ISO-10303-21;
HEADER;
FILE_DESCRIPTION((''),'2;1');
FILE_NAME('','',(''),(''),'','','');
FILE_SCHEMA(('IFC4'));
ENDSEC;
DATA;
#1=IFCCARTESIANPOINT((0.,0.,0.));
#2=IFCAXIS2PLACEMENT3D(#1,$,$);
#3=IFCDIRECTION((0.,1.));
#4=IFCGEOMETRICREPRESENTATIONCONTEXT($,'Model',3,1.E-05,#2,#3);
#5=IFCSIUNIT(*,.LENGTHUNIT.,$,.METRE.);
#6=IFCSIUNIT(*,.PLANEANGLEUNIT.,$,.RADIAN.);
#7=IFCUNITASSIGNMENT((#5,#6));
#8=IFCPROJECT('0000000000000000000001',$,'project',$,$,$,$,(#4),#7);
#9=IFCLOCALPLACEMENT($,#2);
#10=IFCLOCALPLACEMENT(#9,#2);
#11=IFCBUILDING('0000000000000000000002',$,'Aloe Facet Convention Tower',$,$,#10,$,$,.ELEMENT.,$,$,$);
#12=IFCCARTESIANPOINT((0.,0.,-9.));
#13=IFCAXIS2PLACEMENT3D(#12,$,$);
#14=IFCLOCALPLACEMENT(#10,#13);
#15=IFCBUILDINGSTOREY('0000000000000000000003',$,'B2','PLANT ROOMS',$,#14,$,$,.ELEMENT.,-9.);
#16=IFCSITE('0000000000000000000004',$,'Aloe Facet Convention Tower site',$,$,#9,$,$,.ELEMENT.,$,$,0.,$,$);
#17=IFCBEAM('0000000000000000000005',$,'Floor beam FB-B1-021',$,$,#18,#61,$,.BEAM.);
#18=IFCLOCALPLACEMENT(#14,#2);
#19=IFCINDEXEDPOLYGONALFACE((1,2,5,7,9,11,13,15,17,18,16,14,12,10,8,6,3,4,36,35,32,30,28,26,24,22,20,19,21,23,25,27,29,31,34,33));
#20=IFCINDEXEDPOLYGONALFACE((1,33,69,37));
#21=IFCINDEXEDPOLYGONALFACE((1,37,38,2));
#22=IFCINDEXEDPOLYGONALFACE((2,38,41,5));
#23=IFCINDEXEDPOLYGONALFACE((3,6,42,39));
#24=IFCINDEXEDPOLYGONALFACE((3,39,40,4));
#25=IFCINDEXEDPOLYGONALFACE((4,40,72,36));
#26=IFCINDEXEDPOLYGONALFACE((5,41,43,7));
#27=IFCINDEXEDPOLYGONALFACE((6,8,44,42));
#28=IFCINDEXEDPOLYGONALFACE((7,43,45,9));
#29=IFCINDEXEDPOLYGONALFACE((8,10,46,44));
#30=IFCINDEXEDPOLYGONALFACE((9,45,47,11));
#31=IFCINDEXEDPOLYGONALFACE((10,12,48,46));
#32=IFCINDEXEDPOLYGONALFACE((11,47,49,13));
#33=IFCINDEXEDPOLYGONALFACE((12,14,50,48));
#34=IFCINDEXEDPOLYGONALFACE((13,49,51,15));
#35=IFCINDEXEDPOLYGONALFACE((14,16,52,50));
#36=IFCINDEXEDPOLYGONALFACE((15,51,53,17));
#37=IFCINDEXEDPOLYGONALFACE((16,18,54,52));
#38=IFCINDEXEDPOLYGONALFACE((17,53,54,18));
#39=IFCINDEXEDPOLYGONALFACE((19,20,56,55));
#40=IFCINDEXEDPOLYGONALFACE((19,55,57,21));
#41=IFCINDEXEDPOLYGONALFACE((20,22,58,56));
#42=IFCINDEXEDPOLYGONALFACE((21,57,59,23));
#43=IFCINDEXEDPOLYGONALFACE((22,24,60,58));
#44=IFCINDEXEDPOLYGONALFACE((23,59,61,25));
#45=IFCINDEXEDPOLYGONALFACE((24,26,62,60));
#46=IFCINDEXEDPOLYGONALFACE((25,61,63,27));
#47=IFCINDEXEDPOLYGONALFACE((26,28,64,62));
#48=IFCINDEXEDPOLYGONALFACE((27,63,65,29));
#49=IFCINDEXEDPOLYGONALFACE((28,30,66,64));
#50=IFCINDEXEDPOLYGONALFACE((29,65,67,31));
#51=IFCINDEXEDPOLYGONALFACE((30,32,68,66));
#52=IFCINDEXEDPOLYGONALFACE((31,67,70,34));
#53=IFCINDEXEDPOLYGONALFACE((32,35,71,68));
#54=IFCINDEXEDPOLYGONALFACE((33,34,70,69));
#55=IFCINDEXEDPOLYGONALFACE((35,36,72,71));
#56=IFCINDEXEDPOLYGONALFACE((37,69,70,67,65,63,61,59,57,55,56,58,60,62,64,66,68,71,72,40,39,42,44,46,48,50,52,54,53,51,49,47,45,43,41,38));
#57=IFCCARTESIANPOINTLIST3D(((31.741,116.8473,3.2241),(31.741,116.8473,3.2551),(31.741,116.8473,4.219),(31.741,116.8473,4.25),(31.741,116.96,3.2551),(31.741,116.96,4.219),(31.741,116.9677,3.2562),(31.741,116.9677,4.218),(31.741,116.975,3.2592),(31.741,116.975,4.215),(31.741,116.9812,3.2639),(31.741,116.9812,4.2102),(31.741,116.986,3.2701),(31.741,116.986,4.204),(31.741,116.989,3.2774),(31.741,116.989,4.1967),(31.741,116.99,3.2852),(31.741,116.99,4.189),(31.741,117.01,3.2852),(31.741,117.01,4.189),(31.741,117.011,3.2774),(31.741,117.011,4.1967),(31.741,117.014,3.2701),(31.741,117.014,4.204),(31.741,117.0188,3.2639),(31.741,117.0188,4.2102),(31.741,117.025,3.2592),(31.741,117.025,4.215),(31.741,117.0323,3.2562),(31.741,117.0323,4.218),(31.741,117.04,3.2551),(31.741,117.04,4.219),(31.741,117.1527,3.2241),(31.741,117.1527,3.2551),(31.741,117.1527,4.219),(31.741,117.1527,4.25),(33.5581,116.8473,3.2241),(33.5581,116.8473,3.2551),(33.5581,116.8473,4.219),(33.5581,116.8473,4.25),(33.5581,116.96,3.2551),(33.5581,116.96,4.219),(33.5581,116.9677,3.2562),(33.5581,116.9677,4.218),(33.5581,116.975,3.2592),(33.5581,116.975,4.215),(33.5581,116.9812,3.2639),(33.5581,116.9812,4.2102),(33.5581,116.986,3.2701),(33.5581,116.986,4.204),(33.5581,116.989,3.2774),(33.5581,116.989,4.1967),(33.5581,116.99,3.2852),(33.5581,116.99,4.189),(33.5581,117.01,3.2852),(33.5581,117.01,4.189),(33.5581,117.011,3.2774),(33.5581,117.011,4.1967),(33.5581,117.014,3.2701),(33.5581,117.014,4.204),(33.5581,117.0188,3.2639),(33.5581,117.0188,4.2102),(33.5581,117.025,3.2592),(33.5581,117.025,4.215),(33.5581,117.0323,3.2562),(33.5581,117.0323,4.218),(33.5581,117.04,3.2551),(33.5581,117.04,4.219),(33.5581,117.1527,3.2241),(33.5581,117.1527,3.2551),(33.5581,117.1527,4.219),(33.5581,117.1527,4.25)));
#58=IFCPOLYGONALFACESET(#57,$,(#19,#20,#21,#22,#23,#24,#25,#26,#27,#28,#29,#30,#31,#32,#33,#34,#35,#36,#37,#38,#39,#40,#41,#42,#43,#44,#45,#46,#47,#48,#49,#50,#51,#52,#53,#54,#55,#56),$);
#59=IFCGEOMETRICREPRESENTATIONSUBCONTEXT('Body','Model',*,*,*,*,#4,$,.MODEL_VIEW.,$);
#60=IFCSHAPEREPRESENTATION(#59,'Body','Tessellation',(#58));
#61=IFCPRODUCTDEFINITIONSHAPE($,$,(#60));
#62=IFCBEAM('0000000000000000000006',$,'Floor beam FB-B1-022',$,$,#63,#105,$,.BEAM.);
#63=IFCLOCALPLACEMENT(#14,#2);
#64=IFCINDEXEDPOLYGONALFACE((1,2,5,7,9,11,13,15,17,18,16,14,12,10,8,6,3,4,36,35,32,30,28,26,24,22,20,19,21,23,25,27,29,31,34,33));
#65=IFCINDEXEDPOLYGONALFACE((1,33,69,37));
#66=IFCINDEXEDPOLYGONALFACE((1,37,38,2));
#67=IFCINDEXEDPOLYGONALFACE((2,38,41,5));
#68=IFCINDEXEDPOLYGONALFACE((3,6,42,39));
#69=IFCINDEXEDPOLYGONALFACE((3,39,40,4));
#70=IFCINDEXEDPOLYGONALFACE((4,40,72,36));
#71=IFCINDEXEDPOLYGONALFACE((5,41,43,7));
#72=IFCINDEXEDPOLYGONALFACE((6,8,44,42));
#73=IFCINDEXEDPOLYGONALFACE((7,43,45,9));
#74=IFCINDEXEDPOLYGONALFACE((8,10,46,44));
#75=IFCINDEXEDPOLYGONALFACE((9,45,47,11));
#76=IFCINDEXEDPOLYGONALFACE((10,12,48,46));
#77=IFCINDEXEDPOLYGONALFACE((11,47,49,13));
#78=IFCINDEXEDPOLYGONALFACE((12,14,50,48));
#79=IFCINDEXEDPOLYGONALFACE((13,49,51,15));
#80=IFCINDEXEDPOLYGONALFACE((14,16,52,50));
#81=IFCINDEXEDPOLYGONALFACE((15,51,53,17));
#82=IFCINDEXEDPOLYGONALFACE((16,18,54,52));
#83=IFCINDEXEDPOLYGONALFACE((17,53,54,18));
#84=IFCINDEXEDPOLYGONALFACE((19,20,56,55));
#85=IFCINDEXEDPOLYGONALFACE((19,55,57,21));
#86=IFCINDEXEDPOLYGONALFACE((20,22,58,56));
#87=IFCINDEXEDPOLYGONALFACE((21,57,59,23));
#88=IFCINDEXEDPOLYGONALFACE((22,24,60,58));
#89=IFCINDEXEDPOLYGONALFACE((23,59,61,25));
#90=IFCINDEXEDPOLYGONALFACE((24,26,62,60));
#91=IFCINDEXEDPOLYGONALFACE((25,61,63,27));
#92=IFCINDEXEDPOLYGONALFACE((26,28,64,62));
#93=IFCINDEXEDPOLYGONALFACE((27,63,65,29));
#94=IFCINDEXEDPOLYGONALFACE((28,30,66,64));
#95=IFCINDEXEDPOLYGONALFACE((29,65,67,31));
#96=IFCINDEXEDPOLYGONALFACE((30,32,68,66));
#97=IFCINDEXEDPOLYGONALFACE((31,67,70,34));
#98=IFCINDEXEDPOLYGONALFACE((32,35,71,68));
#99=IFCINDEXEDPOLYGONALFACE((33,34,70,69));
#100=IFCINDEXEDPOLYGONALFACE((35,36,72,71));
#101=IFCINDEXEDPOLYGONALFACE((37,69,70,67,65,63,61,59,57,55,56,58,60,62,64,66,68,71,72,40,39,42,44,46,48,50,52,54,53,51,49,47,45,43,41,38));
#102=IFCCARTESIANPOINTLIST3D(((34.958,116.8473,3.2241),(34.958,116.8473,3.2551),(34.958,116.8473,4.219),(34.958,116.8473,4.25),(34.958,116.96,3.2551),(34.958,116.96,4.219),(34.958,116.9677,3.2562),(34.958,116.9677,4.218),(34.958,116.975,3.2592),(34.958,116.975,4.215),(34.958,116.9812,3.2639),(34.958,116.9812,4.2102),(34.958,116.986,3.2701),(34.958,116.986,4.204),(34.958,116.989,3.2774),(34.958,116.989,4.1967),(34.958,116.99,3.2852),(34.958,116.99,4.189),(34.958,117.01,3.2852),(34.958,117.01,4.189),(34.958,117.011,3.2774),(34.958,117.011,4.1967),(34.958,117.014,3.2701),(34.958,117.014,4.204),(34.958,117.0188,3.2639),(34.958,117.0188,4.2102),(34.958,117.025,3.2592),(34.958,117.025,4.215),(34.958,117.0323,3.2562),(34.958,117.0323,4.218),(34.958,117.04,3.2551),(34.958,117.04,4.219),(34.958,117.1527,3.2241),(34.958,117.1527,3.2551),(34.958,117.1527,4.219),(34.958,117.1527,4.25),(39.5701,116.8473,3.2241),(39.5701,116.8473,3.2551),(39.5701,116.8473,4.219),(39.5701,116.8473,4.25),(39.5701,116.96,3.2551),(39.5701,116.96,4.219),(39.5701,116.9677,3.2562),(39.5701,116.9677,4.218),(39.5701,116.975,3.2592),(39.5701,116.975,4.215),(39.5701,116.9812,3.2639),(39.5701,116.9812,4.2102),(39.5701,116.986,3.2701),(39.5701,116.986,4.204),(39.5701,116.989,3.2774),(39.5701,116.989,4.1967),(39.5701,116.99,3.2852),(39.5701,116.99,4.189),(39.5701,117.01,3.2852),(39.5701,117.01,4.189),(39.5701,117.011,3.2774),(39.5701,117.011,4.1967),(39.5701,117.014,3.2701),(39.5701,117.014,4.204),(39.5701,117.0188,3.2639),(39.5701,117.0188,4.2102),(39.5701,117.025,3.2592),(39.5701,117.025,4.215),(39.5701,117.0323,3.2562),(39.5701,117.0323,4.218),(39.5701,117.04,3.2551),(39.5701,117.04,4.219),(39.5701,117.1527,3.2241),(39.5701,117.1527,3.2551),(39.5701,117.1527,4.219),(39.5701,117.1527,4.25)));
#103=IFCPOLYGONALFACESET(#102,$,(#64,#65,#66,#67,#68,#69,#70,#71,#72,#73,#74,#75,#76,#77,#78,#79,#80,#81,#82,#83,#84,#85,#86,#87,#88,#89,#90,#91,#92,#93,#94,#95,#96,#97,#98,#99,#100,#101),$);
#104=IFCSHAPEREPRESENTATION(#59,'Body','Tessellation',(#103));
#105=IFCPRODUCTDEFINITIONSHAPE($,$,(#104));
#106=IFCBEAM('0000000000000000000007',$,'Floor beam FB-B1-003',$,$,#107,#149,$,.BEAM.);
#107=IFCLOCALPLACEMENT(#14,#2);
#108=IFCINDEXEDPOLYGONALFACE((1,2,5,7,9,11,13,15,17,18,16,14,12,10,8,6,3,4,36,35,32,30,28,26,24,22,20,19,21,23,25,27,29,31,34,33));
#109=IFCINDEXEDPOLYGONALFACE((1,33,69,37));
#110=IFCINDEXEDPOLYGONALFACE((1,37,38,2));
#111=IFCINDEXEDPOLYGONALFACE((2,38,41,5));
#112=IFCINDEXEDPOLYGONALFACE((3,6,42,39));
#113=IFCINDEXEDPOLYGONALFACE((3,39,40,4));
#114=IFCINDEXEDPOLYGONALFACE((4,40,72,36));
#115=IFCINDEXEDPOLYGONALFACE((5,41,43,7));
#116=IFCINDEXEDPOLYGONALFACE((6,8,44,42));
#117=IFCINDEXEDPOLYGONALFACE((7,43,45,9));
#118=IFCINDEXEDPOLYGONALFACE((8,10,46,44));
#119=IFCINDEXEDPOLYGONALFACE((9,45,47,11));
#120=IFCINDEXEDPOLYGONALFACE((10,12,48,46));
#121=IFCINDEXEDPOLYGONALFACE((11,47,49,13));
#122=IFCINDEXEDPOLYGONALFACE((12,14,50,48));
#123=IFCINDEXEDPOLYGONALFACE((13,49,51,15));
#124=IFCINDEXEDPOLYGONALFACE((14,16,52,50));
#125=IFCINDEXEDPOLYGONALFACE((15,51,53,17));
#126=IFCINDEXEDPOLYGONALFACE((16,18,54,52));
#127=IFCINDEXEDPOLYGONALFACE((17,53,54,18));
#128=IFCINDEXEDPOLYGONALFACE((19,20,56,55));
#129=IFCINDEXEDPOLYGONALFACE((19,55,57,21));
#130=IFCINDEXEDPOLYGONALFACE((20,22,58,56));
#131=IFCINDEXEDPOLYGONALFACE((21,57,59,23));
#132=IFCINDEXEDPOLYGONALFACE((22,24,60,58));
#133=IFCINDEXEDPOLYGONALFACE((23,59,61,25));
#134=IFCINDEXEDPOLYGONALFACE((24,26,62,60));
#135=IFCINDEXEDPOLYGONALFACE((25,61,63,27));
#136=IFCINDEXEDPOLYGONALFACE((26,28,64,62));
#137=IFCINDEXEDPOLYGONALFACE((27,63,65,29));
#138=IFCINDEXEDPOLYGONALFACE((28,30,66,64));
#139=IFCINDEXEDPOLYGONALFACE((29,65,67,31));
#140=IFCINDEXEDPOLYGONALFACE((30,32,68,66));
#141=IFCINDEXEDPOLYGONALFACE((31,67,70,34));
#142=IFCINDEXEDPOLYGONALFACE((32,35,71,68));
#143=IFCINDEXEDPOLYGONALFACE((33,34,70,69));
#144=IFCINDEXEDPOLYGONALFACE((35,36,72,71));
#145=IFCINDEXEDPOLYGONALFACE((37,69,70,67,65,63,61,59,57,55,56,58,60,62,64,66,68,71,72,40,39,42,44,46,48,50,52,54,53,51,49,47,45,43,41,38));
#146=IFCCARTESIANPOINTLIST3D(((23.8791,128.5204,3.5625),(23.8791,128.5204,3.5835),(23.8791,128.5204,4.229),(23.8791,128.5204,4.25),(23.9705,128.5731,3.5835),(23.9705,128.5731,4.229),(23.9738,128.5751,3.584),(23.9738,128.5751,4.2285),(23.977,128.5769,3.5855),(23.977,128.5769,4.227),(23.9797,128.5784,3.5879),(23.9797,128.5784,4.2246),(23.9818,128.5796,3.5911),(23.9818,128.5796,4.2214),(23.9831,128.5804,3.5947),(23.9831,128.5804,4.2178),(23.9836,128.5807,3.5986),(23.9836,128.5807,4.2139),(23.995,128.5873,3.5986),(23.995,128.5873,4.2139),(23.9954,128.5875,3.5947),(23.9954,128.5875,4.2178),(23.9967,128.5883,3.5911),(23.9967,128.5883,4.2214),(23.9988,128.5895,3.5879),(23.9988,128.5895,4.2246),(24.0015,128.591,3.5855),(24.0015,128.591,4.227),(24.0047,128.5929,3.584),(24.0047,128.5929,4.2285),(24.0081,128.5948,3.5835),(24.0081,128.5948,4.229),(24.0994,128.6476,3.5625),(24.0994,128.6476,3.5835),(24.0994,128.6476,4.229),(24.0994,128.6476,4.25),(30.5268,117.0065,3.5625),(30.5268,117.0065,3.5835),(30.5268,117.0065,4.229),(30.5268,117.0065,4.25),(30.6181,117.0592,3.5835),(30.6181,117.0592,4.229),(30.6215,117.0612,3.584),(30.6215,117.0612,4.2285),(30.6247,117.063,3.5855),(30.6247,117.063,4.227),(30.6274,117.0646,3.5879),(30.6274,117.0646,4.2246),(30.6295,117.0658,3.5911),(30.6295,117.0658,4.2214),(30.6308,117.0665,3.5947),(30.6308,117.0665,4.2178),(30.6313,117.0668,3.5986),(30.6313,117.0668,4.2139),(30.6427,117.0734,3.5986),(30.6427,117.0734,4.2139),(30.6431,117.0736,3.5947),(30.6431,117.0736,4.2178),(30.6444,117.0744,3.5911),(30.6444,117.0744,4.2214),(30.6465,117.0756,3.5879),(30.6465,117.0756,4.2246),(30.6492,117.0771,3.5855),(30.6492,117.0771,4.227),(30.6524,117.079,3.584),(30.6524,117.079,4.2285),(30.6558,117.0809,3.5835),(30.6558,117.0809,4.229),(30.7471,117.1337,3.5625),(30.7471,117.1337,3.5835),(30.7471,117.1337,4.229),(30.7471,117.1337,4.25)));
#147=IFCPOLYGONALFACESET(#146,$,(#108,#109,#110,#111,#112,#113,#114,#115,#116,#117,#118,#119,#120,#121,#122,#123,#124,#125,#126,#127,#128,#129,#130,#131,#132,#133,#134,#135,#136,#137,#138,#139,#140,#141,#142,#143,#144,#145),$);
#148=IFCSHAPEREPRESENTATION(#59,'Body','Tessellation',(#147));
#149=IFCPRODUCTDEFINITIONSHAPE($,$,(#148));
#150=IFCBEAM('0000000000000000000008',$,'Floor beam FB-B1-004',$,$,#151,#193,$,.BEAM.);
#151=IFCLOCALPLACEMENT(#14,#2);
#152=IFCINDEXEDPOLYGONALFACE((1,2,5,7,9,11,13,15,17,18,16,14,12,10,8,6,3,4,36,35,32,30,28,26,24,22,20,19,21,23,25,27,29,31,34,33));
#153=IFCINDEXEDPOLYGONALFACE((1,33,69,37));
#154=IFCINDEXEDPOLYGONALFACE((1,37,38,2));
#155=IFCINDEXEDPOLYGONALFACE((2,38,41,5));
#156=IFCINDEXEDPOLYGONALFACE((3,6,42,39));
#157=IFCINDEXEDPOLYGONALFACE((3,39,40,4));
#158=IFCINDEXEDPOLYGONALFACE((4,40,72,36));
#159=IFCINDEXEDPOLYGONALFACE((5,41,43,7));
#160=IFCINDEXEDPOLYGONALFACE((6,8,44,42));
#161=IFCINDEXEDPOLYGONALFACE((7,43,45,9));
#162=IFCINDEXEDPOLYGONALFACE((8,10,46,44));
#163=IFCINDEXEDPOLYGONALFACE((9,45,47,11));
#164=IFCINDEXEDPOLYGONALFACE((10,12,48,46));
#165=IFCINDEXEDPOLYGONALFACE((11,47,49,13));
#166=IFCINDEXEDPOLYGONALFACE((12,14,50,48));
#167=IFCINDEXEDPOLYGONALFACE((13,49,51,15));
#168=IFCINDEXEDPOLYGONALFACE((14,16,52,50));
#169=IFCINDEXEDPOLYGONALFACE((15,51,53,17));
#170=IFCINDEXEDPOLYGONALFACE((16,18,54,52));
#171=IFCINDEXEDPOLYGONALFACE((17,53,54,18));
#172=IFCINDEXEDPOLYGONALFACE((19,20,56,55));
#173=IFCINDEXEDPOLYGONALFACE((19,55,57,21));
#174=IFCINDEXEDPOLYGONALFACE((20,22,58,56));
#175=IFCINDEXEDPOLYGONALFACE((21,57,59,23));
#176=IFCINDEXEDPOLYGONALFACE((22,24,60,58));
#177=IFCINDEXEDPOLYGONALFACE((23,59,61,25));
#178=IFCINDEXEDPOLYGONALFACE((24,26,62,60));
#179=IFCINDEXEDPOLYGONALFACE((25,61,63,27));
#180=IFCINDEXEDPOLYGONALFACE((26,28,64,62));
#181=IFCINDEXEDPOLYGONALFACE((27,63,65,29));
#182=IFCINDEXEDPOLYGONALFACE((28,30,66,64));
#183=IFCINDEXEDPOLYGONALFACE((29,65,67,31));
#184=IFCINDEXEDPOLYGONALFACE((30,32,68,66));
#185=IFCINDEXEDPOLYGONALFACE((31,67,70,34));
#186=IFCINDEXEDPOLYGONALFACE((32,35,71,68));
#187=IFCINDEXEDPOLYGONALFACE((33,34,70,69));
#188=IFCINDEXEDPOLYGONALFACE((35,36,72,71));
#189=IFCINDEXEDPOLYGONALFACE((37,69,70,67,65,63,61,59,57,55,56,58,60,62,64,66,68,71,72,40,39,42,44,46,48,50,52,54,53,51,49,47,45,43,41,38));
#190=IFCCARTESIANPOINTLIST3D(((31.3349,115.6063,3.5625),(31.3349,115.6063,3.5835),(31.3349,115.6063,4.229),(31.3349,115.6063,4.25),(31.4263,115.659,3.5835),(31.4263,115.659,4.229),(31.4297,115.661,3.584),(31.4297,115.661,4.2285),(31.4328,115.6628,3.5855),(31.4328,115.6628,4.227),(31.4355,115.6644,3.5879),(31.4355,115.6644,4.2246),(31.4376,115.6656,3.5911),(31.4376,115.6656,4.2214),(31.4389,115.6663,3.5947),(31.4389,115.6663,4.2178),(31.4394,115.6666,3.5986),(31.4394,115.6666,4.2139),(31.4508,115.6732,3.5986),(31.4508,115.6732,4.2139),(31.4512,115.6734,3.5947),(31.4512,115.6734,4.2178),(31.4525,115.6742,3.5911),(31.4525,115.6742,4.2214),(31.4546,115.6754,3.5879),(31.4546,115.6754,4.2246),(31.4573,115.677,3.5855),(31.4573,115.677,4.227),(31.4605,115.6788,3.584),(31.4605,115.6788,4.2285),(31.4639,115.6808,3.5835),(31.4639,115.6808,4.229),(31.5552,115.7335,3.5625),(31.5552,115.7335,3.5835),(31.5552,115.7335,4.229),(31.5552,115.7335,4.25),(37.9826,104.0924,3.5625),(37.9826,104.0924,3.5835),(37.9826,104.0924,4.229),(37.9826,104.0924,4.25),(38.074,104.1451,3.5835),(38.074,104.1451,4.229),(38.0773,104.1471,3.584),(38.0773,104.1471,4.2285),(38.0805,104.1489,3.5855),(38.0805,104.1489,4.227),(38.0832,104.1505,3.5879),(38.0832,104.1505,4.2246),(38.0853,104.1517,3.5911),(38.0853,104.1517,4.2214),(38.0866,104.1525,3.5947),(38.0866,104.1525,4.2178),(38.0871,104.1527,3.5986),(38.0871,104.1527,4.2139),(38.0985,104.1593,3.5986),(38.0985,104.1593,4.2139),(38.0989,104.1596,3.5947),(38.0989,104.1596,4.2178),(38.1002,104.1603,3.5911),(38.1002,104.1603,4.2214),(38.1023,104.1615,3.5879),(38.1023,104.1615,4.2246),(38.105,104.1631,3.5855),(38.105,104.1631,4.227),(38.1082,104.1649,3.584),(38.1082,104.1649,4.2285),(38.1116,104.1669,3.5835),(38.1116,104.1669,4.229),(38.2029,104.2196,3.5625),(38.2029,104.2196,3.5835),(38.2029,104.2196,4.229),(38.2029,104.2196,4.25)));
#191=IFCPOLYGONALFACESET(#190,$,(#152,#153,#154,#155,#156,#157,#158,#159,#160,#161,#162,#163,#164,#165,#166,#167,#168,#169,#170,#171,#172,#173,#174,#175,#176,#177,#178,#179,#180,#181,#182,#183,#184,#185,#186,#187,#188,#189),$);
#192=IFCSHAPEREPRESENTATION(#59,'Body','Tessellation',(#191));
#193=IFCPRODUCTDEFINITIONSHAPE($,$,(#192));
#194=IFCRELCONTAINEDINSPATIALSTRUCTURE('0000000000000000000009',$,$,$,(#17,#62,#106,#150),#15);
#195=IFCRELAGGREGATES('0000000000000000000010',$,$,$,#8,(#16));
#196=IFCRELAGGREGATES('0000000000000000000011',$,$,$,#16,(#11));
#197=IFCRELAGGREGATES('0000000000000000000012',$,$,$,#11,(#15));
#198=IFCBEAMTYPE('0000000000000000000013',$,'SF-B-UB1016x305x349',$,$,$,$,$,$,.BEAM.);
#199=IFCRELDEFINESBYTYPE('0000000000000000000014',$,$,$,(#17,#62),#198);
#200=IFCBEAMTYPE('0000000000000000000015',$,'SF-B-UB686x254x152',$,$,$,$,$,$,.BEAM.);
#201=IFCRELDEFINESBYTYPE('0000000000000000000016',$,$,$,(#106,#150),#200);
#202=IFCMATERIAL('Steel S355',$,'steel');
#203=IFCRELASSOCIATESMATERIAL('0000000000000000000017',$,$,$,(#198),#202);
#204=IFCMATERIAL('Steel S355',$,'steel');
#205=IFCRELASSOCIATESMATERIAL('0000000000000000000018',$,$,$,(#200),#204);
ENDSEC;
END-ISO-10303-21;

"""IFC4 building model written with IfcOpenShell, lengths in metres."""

from ifc_helpers import new_model, si_unit, direction, frame, origin, origin_2d, place, context, subcontext, project, spatial, i_section, extrude, material, material_profile, profile_set, type_object, element, save


model = new_model("IFC4")

# Units and contexts
model_context = context("Model", 3, precision=1e-05, world=origin(), true_north=direction((0.0, 1.0)))
body_context = subcontext(model_context, "Body", "Model", "MODEL_VIEW")
ifc_project = project(units=[si_unit("LENGTHUNIT", "METRE"), si_unit("PLANEANGLEUNIT", "RADIAN")], contexts=[model_context])

# Site, building, storey
site_placement = place(None, origin())
site = spatial("IfcSite", under=ifc_project, at=site_placement, Name="Aloe Facet Convention Tower site", CompositionType="ELEMENT", RefElevation=0.0)
building_placement = place(site_placement, origin())
building = spatial("IfcBuilding", under=site, at=building_placement, Name="Aloe Facet Convention Tower", CompositionType="ELEMENT")
storey_placement = place(building_placement, frame((0.0, 0.0, -9.0)))
storey = spatial("IfcBuildingStorey", under=building, at=storey_placement, Name="B2", Description="PLANT ROOMS", CompositionType="ELEMENT", Elevation=-9.0)

# Beams
ifc_material_1 = material(Name="Steel S355", Category="steel")
ifc_material_profile_1 = material_profile(ifc_material_1, i_section(OverallWidth=0.3054, OverallDepth=1.0259, WebThickness=0.02, FlangeThickness=0.031, FilletRadius=0.03, at=origin_2d()), Name="UB 1016x305x349")
ifc_profile_set_1 = profile_set([ifc_material_profile_1], Name="Steel S355")
beam_type_1 = type_object("IfcBeamType", Name="SF-B-UB1016x305x349", PredefinedType="BEAM", material=ifc_profile_set_1)
beam_1_placement = place(storey_placement, frame((31.741, 117.0, 3.7371), z_axis=(1.0, 0.0, 0.0), x_axis=(0.0, 1.0, 0.0)))
element("IfcBeam", 1, at=beam_1_placement, inside=storey, type_object=beam_type_1, Name="Floor beam FB-B1-021", PredefinedType="BEAM", context=body_context, shape_type="SweptSolid", body=[
    extrude(i_section(OverallWidth=0.3054, OverallDepth=1.0259, WebThickness=0.02, FlangeThickness=0.031, FilletRadius=0.03, at=origin_2d()), origin(), (0.0, 0.0, 1.0), 1.8171),
])
beam_2_placement = place(storey_placement, frame((34.958, 117.0, 3.7371), z_axis=(1.0, 0.0, 0.0), x_axis=(0.0, 1.0, 0.0)))
element("IfcBeam", 2, at=beam_2_placement, inside=storey, type_object=beam_type_1, Name="Floor beam FB-B1-022", PredefinedType="BEAM", context=body_context, shape_type="SweptSolid", body=[
    extrude(i_section(OverallWidth=0.3054, OverallDepth=1.0259, WebThickness=0.02, FlangeThickness=0.031, FilletRadius=0.03, at=origin_2d()), origin(), (0.0, 0.0, 1.0), 4.6121),
])
ifc_material_2 = material(Name="Steel S355", Category="steel")
ifc_material_profile_2 = material_profile(ifc_material_2, i_section(OverallWidth=0.2544, OverallDepth=0.6875, WebThickness=0.0132, FlangeThickness=0.021, FilletRadius=0.0151, at=origin_2d()), Name="UB 686x254x152")
ifc_profile_set_2 = profile_set([ifc_material_profile_2], Name="Steel S355")
beam_type_2 = type_object("IfcBeamType", Name="SF-B-UB686x254x152", PredefinedType="BEAM", material=ifc_profile_set_2)
for number, where, z_axis, x_axis, name in (
    (3, (30.637, 117.0701, 3.9062), (-0.500008, 0.866021, 0.0), (-0.866021, -0.500008, 0.0), "Floor beam FB-B1-003"),
    (4, (38.0928, 104.156, 3.9062), (-0.500008, 0.866021, 0.0), (-0.866021, -0.500008, 0.0), "Floor beam FB-B1-004"),
):
    element("IfcBeam", number, at=place(storey_placement, frame(where, z_axis=z_axis, x_axis=x_axis)), inside=storey, type_object=beam_type_2, Name=name, PredefinedType="BEAM", context=body_context, shape_type="SweptSolid", body=[
        extrude(i_section(OverallWidth=0.2544, OverallDepth=0.6875, WebThickness=0.0132, FlangeThickness=0.021, FilletRadius=0.0151, at=origin_2d()), origin(), (0.0, 0.0, 1.0), 13.2952),
    ])

save(model, "model.ifc")
